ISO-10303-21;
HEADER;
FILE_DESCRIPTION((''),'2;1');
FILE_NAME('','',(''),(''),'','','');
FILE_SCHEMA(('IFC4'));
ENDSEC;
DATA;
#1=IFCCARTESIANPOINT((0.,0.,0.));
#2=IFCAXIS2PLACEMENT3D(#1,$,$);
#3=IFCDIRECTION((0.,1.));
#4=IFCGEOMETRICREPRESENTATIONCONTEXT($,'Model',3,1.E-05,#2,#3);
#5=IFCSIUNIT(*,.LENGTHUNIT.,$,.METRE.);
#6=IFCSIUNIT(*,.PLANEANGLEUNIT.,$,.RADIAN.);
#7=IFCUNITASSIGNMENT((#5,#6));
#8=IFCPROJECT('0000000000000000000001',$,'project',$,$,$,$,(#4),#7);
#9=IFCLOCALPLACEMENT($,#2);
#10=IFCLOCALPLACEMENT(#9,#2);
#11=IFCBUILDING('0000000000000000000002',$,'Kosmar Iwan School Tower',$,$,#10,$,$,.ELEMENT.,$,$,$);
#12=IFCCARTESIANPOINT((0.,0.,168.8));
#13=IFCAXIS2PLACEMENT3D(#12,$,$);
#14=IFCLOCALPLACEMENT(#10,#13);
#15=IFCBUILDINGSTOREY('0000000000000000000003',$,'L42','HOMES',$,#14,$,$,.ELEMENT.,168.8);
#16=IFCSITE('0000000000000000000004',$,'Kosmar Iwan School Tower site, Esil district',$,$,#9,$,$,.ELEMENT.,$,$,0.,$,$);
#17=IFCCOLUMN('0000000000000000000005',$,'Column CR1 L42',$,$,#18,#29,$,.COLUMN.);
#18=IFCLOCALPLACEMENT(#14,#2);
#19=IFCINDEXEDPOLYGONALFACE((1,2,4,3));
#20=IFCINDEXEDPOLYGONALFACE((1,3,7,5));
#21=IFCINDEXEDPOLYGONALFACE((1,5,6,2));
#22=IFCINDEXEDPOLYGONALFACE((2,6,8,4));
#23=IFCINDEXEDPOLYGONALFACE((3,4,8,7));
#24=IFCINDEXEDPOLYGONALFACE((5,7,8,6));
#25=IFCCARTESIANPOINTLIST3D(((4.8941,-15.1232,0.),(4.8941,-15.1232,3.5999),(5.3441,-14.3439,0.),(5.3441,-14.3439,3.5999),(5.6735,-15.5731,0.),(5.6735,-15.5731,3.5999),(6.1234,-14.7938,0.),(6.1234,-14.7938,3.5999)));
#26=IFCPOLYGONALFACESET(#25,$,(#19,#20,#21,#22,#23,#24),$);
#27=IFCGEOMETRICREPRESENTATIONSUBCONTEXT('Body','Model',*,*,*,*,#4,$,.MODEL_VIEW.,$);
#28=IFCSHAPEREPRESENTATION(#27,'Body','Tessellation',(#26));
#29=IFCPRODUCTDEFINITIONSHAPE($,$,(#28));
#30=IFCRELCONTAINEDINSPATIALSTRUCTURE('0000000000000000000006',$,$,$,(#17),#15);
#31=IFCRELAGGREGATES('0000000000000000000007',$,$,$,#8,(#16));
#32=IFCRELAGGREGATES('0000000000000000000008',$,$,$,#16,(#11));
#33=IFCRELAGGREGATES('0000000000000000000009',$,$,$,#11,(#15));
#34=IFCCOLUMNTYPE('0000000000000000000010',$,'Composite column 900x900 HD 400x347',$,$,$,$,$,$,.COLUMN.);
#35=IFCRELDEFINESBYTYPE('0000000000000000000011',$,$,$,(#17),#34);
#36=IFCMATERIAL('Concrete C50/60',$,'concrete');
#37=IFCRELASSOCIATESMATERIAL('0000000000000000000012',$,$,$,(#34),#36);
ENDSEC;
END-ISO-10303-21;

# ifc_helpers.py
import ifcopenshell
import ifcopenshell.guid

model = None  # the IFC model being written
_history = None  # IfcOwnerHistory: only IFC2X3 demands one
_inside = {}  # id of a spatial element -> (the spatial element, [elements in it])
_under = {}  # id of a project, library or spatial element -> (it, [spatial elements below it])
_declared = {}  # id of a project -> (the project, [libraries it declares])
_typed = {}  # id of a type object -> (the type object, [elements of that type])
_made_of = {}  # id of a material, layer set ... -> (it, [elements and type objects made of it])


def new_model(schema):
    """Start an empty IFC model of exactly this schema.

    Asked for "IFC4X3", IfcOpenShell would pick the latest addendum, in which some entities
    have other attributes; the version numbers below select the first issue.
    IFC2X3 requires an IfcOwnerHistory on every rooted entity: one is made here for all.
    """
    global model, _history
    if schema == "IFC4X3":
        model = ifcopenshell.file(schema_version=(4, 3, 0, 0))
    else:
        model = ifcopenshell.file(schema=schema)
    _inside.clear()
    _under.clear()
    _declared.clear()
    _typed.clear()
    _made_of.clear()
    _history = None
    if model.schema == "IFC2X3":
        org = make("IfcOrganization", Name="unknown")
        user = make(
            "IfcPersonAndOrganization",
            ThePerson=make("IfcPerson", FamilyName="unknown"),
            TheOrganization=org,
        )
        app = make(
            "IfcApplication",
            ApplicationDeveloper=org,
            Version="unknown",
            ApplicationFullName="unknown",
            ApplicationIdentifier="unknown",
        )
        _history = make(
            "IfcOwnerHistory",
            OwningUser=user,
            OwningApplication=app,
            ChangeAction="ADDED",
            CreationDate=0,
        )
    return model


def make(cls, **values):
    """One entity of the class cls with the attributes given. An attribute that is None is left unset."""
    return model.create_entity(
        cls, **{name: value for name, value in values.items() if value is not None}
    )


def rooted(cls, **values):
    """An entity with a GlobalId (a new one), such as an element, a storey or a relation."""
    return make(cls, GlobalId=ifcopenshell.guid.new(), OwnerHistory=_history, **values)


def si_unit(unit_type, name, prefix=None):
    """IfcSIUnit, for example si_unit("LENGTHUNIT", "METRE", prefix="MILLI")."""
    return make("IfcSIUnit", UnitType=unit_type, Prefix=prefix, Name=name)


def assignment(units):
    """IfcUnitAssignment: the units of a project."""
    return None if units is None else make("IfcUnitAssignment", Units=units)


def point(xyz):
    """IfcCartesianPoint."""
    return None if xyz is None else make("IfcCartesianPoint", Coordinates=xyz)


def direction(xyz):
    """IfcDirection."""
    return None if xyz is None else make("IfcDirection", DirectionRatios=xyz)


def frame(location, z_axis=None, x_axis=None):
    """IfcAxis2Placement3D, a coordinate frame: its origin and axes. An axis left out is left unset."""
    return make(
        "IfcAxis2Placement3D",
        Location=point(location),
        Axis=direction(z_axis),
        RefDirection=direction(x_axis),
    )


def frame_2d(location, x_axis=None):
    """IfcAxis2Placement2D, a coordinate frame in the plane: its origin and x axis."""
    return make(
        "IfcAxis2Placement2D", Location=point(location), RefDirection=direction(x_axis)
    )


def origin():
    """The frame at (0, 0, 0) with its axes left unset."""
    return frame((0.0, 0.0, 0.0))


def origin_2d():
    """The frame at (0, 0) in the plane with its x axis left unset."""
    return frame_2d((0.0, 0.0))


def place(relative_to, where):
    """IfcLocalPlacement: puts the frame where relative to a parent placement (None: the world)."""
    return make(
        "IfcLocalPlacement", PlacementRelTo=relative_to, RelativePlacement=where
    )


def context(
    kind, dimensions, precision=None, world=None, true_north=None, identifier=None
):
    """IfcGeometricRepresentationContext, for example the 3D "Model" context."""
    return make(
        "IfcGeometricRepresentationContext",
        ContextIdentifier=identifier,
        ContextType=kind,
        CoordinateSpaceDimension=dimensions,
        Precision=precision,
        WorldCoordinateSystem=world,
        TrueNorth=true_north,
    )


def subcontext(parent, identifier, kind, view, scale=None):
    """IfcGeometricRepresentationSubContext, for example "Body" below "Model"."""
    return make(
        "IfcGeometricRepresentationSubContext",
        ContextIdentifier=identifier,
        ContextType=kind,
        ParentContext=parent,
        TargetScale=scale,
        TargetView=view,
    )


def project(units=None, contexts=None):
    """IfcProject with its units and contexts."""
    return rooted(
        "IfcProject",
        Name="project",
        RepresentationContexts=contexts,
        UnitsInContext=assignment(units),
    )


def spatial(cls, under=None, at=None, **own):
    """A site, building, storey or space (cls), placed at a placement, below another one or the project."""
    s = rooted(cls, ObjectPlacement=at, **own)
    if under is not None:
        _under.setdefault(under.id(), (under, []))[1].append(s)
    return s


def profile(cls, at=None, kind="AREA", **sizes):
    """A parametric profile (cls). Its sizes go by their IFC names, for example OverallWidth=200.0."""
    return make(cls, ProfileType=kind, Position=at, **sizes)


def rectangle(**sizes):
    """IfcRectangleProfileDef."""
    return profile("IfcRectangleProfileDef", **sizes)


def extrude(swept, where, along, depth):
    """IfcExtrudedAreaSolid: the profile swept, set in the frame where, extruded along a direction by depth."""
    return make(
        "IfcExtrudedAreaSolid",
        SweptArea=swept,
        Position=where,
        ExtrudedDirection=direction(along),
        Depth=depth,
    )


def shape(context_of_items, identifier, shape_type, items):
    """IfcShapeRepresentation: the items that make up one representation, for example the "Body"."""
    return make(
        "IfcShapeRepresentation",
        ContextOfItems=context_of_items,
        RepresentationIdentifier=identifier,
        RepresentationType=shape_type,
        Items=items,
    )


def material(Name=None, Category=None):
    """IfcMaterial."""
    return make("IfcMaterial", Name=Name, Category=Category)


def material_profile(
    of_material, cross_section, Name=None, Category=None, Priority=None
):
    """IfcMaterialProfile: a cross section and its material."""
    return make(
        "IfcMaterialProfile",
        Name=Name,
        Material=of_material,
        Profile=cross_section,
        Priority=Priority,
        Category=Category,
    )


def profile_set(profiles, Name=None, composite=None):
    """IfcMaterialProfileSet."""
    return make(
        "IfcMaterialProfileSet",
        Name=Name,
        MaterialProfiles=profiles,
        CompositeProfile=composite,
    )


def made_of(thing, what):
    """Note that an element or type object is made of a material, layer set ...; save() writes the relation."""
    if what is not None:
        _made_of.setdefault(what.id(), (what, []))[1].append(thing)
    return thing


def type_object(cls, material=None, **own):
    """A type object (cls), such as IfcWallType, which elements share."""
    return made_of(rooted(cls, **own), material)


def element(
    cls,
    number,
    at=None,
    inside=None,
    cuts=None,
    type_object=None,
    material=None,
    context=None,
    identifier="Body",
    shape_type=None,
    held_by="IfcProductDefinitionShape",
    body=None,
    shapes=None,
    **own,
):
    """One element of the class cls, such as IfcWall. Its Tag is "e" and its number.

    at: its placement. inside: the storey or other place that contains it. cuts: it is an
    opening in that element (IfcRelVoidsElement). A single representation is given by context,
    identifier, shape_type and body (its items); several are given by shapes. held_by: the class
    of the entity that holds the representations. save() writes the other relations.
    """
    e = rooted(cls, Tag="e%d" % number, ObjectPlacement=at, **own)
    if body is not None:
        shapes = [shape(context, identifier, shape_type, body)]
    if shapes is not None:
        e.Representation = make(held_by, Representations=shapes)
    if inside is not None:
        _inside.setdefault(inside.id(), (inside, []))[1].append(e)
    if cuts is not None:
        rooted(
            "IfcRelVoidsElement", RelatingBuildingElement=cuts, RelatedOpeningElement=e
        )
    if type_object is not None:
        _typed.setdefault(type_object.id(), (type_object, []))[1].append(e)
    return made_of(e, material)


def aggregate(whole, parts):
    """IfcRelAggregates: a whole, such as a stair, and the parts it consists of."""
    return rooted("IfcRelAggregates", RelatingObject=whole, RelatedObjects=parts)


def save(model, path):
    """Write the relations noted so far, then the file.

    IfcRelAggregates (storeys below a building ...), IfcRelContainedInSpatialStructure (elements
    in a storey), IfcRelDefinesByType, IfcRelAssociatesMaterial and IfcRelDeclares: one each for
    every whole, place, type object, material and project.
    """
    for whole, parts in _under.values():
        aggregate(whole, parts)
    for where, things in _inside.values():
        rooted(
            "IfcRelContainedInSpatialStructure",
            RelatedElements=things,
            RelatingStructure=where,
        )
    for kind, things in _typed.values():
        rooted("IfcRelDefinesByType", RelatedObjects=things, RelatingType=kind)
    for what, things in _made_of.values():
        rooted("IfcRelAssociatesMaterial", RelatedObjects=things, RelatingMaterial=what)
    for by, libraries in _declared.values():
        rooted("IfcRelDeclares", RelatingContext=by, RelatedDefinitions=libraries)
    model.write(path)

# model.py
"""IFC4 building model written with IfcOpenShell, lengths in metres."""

from ifc_helpers import new_model, si_unit, direction, frame, origin, origin_2d, place, context, subcontext, project, spatial, rectangle, extrude, material, material_profile, profile_set, type_object, element, save


model = new_model("IFC4")

# Units and contexts
model_context = context("Model", 3, precision=1e-05, world=origin(), true_north=direction((0.0, 1.0)))
body_context = subcontext(model_context, "Body", "Model", "MODEL_VIEW")
ifc_project = project(units=[si_unit("LENGTHUNIT", "METRE"), si_unit("PLANEANGLEUNIT", "RADIAN")], contexts=[model_context])

# Site, building, storey
site_placement = place(None, origin())
site = spatial("IfcSite", under=ifc_project, at=site_placement, Name="Kosmar Iwan School Tower site, Esil district", CompositionType="ELEMENT", RefElevation=0.0)
building_placement = place(site_placement, origin())
building = spatial("IfcBuilding", under=site, at=building_placement, Name="Kosmar Iwan School Tower", CompositionType="ELEMENT")
storey_placement = place(building_placement, frame((0.0, 0.0, 168.8)))
storey = spatial("IfcBuildingStorey", under=building, at=storey_placement, Name="L42", Description="HOMES", CompositionType="ELEMENT", Elevation=168.8)

# Column
ifc_material_1 = material(Name="Concrete C50/60", Category="concrete")
ifc_material_profile = material_profile(ifc_material_1, rectangle(XDim=0.8999, YDim=0.8999, at=origin_2d()), Name="RC 900x900 + HD 400x347")
ifc_profile_set = profile_set([ifc_material_profile], Name="Concrete C50/60")
column_type = type_object("IfcColumnType", Name="Composite column 900x900 HD 400x347", PredefinedType="COLUMN", material=ifc_profile_set)
column_placement = place(storey_placement, frame((5.5088, -14.9585, 0.0), z_axis=(0.0, 0.0, 1.0), x_axis=(0.866025, -0.5, 0.0)))
element("IfcColumn", 1, at=column_placement, inside=storey, type_object=column_type, Name="Column CR1 L42", PredefinedType="COLUMN", context=body_context, shape_type="SweptSolid", body=[
    extrude(rectangle(XDim=0.8999, YDim=0.8999, at=origin_2d()), origin(), (0.0, 0.0, 1.0), 3.5999),
])

save(model, "model.ifc")
